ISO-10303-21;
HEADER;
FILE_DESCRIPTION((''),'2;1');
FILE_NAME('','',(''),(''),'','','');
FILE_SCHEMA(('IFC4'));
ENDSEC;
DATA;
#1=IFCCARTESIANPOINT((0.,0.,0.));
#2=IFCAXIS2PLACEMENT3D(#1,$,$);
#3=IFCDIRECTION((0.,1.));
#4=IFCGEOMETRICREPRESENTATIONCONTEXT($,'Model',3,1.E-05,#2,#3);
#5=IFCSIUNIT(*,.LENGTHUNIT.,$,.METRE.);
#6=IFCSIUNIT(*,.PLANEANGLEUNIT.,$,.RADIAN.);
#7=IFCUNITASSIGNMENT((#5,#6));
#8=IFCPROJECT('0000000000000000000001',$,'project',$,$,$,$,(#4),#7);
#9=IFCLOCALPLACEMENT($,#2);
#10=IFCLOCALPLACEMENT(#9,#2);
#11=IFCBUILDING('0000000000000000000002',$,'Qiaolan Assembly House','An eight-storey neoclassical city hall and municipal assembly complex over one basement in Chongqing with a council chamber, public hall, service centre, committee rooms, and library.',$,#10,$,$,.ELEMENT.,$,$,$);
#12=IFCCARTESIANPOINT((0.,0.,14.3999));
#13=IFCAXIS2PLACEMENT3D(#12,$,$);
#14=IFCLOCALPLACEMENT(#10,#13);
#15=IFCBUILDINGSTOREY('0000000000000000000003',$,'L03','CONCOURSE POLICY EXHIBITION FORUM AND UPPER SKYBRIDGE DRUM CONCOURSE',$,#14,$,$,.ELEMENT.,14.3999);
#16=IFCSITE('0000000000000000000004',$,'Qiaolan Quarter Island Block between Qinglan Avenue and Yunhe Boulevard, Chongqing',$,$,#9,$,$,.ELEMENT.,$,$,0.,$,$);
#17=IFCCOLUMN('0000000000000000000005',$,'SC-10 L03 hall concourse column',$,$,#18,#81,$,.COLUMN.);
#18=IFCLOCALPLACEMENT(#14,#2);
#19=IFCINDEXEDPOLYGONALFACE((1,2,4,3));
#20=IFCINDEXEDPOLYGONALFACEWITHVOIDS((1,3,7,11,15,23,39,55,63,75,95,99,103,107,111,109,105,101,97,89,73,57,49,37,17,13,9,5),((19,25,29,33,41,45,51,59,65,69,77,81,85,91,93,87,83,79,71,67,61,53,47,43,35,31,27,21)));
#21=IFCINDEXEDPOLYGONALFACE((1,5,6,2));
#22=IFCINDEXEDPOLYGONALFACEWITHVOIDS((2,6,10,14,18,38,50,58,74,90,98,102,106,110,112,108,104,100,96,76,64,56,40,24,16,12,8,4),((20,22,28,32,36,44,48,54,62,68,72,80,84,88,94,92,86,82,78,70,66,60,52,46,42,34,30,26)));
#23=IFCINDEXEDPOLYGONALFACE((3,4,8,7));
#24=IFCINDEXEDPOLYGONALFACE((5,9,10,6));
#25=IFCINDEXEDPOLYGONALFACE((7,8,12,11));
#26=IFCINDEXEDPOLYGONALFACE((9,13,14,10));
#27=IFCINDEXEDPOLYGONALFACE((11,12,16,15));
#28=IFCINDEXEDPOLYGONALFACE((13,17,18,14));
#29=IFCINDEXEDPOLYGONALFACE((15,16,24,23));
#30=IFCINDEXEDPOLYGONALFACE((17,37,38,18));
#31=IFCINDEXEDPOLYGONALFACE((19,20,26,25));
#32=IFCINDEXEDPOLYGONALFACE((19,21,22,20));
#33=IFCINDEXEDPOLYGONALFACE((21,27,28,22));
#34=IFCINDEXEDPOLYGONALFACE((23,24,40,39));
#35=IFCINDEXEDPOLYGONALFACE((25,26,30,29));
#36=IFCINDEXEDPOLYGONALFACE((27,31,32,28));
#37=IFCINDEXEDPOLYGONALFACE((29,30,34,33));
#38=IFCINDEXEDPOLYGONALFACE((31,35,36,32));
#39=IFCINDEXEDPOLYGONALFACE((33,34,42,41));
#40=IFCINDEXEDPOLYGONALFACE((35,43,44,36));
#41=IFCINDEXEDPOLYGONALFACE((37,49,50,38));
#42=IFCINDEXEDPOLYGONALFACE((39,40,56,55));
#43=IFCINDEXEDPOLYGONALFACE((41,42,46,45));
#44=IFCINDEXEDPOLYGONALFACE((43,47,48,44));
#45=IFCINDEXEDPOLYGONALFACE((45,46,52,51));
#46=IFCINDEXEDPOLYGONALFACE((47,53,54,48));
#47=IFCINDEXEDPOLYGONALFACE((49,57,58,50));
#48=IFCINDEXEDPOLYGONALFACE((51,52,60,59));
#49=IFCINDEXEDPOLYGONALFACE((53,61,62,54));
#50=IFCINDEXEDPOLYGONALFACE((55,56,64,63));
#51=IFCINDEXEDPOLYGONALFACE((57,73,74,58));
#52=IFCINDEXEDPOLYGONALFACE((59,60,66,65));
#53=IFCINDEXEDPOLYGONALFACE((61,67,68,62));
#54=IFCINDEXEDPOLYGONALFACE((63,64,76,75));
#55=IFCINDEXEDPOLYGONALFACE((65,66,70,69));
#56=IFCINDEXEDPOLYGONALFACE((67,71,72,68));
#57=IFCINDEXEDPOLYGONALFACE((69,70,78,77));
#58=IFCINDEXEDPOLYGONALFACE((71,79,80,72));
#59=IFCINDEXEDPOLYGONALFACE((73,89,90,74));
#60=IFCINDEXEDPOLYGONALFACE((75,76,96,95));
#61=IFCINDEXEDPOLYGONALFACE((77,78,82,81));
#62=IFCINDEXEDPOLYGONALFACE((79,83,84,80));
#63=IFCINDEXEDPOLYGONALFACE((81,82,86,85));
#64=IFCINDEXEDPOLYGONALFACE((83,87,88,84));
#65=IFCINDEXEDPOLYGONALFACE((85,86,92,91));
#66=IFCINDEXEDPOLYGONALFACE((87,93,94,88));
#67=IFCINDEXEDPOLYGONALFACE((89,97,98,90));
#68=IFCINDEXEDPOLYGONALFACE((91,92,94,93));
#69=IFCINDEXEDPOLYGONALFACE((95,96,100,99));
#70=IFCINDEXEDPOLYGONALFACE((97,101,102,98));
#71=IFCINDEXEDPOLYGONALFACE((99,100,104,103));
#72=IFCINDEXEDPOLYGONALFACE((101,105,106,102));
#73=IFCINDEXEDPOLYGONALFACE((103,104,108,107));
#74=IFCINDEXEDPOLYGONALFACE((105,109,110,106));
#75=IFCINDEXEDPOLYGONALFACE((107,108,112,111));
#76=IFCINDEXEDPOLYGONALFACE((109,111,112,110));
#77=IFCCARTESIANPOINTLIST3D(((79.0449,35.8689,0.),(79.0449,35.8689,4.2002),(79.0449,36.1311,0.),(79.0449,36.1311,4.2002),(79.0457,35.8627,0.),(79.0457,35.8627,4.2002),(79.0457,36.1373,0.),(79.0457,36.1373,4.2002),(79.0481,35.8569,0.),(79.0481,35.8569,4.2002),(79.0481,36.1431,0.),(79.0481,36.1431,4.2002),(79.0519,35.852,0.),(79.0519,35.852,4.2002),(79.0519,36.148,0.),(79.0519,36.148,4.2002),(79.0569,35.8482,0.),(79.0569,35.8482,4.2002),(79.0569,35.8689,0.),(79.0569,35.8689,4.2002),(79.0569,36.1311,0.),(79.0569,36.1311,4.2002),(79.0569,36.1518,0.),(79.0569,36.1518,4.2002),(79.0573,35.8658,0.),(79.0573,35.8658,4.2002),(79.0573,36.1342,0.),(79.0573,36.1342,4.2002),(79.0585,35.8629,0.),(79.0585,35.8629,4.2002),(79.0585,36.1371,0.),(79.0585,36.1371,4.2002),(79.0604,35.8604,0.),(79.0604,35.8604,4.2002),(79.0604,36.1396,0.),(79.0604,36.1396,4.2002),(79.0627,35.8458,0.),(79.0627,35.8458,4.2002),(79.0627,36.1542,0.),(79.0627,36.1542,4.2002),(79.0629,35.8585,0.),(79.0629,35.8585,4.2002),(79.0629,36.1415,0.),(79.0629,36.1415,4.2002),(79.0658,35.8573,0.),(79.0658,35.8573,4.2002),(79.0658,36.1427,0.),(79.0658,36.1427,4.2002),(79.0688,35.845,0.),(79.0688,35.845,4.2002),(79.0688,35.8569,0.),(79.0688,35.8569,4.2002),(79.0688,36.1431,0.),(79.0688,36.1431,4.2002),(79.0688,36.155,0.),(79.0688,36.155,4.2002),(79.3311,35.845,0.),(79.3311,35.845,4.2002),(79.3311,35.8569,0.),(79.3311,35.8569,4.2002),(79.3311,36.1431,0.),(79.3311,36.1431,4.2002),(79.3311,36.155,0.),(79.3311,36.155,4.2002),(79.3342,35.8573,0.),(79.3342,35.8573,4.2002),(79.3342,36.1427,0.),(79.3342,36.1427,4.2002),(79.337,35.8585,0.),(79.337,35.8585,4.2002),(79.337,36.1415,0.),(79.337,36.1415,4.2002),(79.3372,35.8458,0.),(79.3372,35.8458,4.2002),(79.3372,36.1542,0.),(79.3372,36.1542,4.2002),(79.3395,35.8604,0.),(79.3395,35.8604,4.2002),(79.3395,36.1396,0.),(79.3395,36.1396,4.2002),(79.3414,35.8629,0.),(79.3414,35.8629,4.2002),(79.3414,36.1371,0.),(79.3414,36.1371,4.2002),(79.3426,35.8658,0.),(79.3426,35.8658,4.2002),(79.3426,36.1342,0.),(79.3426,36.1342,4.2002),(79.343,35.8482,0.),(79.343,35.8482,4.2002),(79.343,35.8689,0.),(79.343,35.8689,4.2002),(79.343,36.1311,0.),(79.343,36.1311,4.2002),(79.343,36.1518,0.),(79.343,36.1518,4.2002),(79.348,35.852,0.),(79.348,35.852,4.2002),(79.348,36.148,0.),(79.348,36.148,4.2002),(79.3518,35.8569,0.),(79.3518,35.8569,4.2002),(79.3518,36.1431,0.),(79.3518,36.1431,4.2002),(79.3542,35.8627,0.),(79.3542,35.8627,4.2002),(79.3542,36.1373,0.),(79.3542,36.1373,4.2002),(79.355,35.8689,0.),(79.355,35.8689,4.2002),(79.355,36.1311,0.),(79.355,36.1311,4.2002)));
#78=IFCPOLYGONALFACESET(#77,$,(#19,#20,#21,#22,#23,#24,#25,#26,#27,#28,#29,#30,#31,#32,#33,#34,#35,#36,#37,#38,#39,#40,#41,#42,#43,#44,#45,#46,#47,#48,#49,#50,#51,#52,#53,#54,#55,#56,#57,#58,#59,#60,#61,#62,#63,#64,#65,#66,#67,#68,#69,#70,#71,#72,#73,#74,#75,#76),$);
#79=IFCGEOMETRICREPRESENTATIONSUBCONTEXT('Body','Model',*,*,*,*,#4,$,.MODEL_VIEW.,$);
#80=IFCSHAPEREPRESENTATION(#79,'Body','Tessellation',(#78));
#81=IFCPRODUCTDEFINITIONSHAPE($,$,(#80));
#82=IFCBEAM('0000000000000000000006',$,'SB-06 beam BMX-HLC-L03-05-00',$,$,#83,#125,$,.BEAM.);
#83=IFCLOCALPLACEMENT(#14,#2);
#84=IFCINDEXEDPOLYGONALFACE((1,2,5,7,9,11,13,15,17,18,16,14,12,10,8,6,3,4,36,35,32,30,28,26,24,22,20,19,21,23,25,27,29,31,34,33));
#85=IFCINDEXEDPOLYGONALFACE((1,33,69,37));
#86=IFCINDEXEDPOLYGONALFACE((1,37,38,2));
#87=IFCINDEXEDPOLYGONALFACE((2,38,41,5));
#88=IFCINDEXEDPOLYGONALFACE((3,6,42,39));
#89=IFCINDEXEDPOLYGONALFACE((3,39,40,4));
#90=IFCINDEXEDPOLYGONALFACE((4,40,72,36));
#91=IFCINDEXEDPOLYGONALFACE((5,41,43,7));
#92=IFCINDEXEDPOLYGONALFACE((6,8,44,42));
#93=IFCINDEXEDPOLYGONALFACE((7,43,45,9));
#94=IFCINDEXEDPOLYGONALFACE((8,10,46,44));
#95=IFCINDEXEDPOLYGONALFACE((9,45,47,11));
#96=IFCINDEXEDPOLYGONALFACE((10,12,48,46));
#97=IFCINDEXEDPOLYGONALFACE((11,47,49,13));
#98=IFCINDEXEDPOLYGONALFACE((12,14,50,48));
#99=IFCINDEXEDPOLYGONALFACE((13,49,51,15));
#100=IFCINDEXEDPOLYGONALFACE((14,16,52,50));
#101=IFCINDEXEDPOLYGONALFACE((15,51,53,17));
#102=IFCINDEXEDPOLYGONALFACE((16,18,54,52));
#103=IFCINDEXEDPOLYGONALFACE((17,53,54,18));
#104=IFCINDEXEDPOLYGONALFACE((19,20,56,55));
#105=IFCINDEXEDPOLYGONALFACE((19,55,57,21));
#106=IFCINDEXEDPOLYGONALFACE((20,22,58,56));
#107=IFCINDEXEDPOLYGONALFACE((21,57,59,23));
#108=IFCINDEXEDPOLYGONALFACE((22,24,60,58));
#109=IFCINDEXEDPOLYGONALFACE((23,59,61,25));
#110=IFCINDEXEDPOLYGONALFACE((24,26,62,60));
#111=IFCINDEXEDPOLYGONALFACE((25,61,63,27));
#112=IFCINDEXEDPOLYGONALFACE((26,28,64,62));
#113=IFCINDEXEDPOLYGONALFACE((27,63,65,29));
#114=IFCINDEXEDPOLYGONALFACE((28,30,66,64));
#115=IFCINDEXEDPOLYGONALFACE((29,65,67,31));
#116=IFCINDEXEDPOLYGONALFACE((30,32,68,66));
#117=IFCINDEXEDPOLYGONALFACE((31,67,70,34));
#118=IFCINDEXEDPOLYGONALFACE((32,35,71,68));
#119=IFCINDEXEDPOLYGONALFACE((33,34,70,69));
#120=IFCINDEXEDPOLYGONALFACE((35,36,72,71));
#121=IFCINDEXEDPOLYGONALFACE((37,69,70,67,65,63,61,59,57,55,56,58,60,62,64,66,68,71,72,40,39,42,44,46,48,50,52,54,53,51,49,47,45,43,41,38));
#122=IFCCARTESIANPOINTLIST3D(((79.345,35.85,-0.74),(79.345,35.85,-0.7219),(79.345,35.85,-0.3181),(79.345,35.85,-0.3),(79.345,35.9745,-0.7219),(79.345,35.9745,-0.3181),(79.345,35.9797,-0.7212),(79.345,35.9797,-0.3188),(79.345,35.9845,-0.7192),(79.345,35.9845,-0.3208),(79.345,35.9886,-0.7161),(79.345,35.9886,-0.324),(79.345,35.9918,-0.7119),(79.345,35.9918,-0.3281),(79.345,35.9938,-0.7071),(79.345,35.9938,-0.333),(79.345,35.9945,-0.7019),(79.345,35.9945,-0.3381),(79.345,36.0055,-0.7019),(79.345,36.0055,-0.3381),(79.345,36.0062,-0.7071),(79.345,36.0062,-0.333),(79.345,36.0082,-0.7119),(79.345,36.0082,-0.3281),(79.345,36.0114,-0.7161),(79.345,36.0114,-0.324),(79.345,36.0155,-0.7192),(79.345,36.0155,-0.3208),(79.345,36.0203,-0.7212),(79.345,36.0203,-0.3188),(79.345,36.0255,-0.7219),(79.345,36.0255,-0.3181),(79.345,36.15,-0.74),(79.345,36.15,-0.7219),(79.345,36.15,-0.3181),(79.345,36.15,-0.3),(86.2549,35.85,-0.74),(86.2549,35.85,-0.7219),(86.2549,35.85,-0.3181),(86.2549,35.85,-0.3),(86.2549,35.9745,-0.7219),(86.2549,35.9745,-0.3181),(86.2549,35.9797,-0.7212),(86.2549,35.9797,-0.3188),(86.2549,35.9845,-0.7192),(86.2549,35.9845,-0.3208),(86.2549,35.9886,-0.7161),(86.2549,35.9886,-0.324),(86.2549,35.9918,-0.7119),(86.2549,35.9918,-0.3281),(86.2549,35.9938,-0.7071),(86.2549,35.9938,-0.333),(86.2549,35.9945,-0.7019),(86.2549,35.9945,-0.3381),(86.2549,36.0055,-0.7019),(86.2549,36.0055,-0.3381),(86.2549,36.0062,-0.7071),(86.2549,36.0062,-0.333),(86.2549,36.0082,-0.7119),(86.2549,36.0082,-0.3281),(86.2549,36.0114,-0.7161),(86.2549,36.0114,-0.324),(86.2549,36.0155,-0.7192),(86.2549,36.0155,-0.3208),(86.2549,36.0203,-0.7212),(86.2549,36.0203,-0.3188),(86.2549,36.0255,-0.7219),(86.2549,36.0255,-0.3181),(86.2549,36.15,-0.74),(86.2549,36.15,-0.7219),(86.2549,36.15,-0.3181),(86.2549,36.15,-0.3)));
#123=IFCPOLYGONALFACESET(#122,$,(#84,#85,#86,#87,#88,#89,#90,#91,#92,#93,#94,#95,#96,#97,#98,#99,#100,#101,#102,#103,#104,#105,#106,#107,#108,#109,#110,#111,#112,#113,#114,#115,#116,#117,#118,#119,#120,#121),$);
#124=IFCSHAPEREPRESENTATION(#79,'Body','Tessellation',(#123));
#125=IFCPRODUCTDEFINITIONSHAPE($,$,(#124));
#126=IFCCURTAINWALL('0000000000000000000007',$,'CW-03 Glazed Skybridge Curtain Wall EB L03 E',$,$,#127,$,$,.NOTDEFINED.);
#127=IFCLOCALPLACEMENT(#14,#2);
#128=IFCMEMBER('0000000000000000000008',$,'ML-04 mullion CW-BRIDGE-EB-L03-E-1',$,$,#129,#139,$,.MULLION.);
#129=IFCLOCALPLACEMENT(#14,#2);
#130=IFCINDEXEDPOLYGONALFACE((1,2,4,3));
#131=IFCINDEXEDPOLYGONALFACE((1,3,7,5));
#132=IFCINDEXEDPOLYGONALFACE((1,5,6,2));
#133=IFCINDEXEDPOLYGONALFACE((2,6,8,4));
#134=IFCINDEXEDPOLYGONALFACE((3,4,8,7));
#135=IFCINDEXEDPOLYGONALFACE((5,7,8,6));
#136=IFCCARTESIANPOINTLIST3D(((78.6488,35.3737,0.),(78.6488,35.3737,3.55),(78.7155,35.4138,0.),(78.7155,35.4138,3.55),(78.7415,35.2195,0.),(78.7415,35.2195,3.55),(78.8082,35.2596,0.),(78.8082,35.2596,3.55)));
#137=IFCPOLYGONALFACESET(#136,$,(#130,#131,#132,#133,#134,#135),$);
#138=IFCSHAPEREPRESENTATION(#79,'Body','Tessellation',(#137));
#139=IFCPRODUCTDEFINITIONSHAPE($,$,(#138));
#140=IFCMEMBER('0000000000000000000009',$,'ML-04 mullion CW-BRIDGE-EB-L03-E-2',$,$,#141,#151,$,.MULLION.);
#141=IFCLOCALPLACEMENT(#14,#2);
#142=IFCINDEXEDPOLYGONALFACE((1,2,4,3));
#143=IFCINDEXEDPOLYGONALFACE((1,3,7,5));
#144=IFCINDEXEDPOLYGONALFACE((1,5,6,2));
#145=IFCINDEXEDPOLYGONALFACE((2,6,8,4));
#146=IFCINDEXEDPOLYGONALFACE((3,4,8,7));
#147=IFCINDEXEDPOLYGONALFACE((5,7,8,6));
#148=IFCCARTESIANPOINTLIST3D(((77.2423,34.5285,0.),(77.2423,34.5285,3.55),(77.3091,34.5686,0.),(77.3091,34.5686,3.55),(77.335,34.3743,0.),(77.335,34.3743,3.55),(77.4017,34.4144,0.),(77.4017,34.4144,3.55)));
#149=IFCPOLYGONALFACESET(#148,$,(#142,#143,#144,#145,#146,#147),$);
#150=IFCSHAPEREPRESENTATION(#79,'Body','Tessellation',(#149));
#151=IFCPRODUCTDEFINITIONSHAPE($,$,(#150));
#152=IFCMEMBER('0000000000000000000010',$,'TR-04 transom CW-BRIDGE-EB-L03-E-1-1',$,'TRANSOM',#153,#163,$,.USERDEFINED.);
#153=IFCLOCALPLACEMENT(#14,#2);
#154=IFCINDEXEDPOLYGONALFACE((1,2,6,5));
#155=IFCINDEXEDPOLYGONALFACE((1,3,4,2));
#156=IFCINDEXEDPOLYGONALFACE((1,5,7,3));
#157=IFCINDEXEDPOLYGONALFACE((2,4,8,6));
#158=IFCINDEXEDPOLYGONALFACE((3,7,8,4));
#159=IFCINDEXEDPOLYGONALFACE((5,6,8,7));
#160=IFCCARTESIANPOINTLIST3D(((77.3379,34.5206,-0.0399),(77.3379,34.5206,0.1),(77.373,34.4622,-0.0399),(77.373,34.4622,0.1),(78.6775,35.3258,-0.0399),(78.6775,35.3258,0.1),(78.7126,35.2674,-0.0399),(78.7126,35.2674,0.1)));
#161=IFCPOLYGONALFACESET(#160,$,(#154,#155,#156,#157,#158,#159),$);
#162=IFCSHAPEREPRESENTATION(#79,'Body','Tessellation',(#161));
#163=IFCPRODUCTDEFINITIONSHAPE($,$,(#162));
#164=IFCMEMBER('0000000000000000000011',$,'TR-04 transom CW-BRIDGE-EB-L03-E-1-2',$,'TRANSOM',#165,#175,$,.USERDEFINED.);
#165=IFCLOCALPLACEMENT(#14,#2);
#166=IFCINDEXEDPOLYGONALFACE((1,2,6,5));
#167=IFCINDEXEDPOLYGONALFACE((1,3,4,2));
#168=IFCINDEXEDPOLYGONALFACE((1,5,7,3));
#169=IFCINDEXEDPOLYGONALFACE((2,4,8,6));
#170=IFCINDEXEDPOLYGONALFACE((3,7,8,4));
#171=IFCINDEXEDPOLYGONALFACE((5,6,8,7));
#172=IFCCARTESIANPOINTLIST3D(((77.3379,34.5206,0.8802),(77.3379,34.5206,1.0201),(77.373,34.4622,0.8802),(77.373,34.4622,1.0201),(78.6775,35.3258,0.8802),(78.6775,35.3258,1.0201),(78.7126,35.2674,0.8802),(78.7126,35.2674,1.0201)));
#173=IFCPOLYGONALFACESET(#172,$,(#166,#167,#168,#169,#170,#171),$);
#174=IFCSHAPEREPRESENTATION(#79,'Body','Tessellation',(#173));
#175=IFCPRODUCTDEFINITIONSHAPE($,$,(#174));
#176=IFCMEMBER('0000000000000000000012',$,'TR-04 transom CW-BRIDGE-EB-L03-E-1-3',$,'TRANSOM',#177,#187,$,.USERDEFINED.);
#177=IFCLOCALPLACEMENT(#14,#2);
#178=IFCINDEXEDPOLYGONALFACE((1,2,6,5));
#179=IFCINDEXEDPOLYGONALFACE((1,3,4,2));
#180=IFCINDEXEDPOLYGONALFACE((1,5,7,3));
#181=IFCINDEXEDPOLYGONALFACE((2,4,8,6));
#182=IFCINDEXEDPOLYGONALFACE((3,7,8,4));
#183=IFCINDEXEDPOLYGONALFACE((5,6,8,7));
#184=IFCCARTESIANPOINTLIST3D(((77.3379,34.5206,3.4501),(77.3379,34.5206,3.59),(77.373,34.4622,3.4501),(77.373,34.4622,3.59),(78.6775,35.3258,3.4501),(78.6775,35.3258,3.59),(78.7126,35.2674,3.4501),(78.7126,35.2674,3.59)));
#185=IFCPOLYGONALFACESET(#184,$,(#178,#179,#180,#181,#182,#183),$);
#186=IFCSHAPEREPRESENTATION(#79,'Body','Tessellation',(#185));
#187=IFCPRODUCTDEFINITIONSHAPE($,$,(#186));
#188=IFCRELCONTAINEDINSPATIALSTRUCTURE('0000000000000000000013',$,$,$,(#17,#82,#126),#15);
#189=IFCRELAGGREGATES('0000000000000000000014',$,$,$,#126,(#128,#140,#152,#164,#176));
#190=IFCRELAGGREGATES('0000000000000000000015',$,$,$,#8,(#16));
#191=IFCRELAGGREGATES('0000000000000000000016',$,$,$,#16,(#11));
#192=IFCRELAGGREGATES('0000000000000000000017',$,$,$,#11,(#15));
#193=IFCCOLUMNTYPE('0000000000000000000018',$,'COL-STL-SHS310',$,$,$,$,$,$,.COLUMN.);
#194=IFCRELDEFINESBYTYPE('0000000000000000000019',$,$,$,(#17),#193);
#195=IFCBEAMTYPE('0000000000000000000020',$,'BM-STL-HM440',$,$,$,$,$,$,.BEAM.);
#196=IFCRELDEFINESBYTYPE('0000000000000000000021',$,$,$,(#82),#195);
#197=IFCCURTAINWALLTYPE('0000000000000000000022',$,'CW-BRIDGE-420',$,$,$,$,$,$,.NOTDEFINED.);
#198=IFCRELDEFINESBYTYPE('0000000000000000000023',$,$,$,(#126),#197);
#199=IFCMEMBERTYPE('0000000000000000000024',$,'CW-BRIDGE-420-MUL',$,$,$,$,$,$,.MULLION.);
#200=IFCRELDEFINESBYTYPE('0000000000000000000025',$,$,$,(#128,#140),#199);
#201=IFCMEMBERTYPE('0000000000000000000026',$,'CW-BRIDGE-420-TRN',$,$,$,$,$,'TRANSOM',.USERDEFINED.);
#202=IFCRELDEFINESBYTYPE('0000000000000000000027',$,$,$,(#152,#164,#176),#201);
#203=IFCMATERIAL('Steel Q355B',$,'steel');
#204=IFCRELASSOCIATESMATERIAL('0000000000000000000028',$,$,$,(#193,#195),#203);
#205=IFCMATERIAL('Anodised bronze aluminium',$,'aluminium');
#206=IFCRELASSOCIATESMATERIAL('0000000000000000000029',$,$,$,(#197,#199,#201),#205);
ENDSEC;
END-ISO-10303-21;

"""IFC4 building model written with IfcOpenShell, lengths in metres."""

from ifc_helpers import new_model, si_unit, direction, frame, origin, origin_2d, place, context, subcontext, project, spatial, rectangle, hollow_rectangle, i_section, extrude, material, material_profile, profile_set, type_object, element, aggregate, save


model = new_model("IFC4")

# Units and contexts
model_context = context("Model", 3, precision=1e-05, world=origin(), true_north=direction((0.0, 1.0)))
body_context = subcontext(model_context, "Body", "Model", "MODEL_VIEW")
ifc_project = project(units=[si_unit("LENGTHUNIT", "METRE"), si_unit("PLANEANGLEUNIT", "RADIAN")], contexts=[model_context])

# Site, building, storey
site_placement = place(None, origin())
site = spatial("IfcSite", under=ifc_project, at=site_placement, Name="Qiaolan Quarter Island Block between Qinglan Avenue and Yunhe Boulevard, Chongqing", CompositionType="ELEMENT", RefElevation=0.0)
building_placement = place(site_placement, origin())
building = spatial("IfcBuilding", under=site, at=building_placement, Name="Qiaolan Assembly House", Description="An eight-storey neoclassical city hall and municipal assembly complex over one basement in Chongqing with a council chamber, public hall, service centre, committee rooms, and library.", CompositionType="ELEMENT")
storey_placement = place(building_placement, frame((0.0, 0.0, 14.3999)))
storey = spatial("IfcBuildingStorey", under=building, at=storey_placement, Name="L03", Description="CONCOURSE POLICY EXHIBITION FORUM AND UPPER SKYBRIDGE DRUM CONCOURSE", CompositionType="ELEMENT", Elevation=14.3999)

# Column
ifc_material_1 = material(Name="Steel Q355B", Category="steel")
ifc_material_profile_1 = material_profile(ifc_material_1, hollow_rectangle(XDim=0.3101, YDim=0.3101, WallThickness=0.012, InnerFilletRadius=0.012, OuterFilletRadius=0.0239, at=origin_2d()), Name="SHS 310x310x12")
ifc_profile_set_1 = profile_set([ifc_material_profile_1], Name="Steel Q355B")
column_type = type_object("IfcColumnType", Name="COL-STL-SHS310", PredefinedType="COLUMN", material=ifc_profile_set_1)
column_placement = place(storey_placement, frame((79.2, 36.0, 0.0), z_axis=(0.0, 0.0, 1.0), x_axis=(1.0, 0.0, 0.0)))
element("IfcColumn", 1, at=column_placement, inside=storey, type_object=column_type, Name="SC-10 L03 hall concourse column", PredefinedType="COLUMN", context=body_context, shape_type="SweptSolid", body=[
    extrude(hollow_rectangle(XDim=0.3101, YDim=0.3101, WallThickness=0.012, InnerFilletRadius=0.012, OuterFilletRadius=0.0239, at=origin_2d()), origin(), (0.0, 0.0, 1.0), 4.2002),
])

# Beam
ifc_material_profile_2 = material_profile(ifc_material_1, i_section(OverallWidth=0.3, OverallDepth=0.4399, WebThickness=0.011, FlangeThickness=0.0181, FilletRadius=0.02, at=origin_2d()), Name="HM 440x300x11x18")
ifc_profile_set_2 = profile_set([ifc_material_profile_2], Name="Steel Q355B")
beam_type = type_object("IfcBeamType", Name="BM-STL-HM440", PredefinedType="BEAM", material=ifc_profile_set_2)
beam_placement = place(storey_placement, frame((79.345, 36.0, -0.52), z_axis=(1.0, 0.0, 0.0), x_axis=(0.0, 1.0, 0.0)))
element("IfcBeam", 2, at=beam_placement, inside=storey, type_object=beam_type, Name="SB-06 beam BMX-HLC-L03-05-00", PredefinedType="BEAM", context=body_context, shape_type="SweptSolid", body=[
    extrude(i_section(OverallWidth=0.3, OverallDepth=0.4399, WebThickness=0.011, FlangeThickness=0.0181, FilletRadius=0.02, at=origin_2d()), origin(), (0.0, 0.0, 1.0), 6.9099),
])

# Curtain wall, members
ifc_material_2 = material(Name="Anodised bronze aluminium", Category="aluminium")
curtain_wall_type = type_object("IfcCurtainWallType", Name="CW-BRIDGE-420", PredefinedType="NOTDEFINED", material=ifc_material_2)
curtain_wall_placement = place(storey_placement, origin())
curtain_wall = element("IfcCurtainWall", 3, at=curtain_wall_placement, inside=storey, type_object=curtain_wall_type, Name="CW-03 Glazed Skybridge Curtain Wall EB L03 E", PredefinedType="NOTDEFINED")
ifc_material_profile_3 = material_profile(ifc_material_2, rectangle(XDim=0.0779, YDim=0.1799, at=origin_2d()), Name="MUL 78x180")
ifc_profile_set_3 = profile_set([ifc_material_profile_3], Name="Anodised bronze aluminium")
member_type_1 = type_object("IfcMemberType", Name="CW-BRIDGE-420-MUL", PredefinedType="MULLION", material=ifc_profile_set_3)
member_1_placement = place(storey_placement, frame((78.7285, 35.3167, 0.0), z_axis=(0.0, 0.0, 1.0), x_axis=(-0.85712, -0.515117, 0.0)))
member_1 = element("IfcMember", 4, at=member_1_placement, type_object=member_type_1, Name="ML-04 mullion CW-BRIDGE-EB-L03-E-1", PredefinedType="MULLION", context=body_context, shape_type="SweptSolid", body=[
    extrude(rectangle(XDim=0.0779, YDim=0.1799, at=origin_2d()), origin(), (0.0, 0.0, 1.0), 3.55),
])
member_2_placement = place(storey_placement, frame((77.322, 34.4714, 0.0), z_axis=(0.0, 0.0, 1.0), x_axis=(-0.85712, -0.515117, 0.0)))
member_2 = element("IfcMember", 5, at=member_2_placement, type_object=member_type_1, Name="ML-04 mullion CW-BRIDGE-EB-L03-E-2", PredefinedType="MULLION", context=body_context, shape_type="SweptSolid", body=[
    extrude(rectangle(XDim=0.0779, YDim=0.1799, at=origin_2d()), origin(), (0.0, 0.0, 1.0), 3.55),
])
ifc_material_profile_4 = material_profile(ifc_material_2, rectangle(XDim=0.0681, YDim=0.1399, at=origin_2d()), Name="TRN 68x140")
ifc_profile_set_4 = profile_set([ifc_material_profile_4], Name="Anodised bronze aluminium")
member_type_2 = type_object("IfcMemberType", Name="CW-BRIDGE-420-TRN", ElementType="TRANSOM", PredefinedType="USERDEFINED", material=ifc_profile_set_4)
member_3_placement = place(storey_placement, frame((78.6951, 35.2966, 0.03), z_axis=(-0.857093, -0.515162, 0.0), x_axis=(0.515162, -0.857093, 0.0)))
member_3 = element("IfcMember", 6, at=member_3_placement, type_object=member_type_2, Name="TR-04 transom CW-BRIDGE-EB-L03-E-1-1", ObjectType="TRANSOM", PredefinedType="USERDEFINED", context=body_context, shape_type="SweptSolid", body=[
    extrude(rectangle(XDim=0.0681, YDim=0.1399, at=origin_2d()), origin(), (0.0, 0.0, 1.0), 1.563),
])
member_4_placement = place(storey_placement, frame((78.6951, 35.2966, 0.9502), z_axis=(-0.857093, -0.515162, 0.0), x_axis=(0.515162, -0.857093, 0.0)))
member_4 = element("IfcMember", 7, at=member_4_placement, type_object=member_type_2, Name="TR-04 transom CW-BRIDGE-EB-L03-E-1-2", ObjectType="TRANSOM", PredefinedType="USERDEFINED", context=body_context, shape_type="SweptSolid", body=[
    extrude(rectangle(XDim=0.0681, YDim=0.1399, at=origin_2d()), origin(), (0.0, 0.0, 1.0), 1.563),
])
member_5_placement = place(storey_placement, frame((78.6951, 35.2966, 3.52), z_axis=(-0.857093, -0.515162, 0.0), x_axis=(0.515162, -0.857093, 0.0)))
member_5 = element("IfcMember", 8, at=member_5_placement, type_object=member_type_2, Name="TR-04 transom CW-BRIDGE-EB-L03-E-1-3", ObjectType="TRANSOM", PredefinedType="USERDEFINED", context=body_context, shape_type="SweptSolid", body=[
    extrude(rectangle(XDim=0.0681, YDim=0.1399, at=origin_2d()), origin(), (0.0, 0.0, 1.0), 1.563),
])
aggregate(curtain_wall, [member_1, member_2, member_3, member_4, member_5])

save(model, "model.ifc")
